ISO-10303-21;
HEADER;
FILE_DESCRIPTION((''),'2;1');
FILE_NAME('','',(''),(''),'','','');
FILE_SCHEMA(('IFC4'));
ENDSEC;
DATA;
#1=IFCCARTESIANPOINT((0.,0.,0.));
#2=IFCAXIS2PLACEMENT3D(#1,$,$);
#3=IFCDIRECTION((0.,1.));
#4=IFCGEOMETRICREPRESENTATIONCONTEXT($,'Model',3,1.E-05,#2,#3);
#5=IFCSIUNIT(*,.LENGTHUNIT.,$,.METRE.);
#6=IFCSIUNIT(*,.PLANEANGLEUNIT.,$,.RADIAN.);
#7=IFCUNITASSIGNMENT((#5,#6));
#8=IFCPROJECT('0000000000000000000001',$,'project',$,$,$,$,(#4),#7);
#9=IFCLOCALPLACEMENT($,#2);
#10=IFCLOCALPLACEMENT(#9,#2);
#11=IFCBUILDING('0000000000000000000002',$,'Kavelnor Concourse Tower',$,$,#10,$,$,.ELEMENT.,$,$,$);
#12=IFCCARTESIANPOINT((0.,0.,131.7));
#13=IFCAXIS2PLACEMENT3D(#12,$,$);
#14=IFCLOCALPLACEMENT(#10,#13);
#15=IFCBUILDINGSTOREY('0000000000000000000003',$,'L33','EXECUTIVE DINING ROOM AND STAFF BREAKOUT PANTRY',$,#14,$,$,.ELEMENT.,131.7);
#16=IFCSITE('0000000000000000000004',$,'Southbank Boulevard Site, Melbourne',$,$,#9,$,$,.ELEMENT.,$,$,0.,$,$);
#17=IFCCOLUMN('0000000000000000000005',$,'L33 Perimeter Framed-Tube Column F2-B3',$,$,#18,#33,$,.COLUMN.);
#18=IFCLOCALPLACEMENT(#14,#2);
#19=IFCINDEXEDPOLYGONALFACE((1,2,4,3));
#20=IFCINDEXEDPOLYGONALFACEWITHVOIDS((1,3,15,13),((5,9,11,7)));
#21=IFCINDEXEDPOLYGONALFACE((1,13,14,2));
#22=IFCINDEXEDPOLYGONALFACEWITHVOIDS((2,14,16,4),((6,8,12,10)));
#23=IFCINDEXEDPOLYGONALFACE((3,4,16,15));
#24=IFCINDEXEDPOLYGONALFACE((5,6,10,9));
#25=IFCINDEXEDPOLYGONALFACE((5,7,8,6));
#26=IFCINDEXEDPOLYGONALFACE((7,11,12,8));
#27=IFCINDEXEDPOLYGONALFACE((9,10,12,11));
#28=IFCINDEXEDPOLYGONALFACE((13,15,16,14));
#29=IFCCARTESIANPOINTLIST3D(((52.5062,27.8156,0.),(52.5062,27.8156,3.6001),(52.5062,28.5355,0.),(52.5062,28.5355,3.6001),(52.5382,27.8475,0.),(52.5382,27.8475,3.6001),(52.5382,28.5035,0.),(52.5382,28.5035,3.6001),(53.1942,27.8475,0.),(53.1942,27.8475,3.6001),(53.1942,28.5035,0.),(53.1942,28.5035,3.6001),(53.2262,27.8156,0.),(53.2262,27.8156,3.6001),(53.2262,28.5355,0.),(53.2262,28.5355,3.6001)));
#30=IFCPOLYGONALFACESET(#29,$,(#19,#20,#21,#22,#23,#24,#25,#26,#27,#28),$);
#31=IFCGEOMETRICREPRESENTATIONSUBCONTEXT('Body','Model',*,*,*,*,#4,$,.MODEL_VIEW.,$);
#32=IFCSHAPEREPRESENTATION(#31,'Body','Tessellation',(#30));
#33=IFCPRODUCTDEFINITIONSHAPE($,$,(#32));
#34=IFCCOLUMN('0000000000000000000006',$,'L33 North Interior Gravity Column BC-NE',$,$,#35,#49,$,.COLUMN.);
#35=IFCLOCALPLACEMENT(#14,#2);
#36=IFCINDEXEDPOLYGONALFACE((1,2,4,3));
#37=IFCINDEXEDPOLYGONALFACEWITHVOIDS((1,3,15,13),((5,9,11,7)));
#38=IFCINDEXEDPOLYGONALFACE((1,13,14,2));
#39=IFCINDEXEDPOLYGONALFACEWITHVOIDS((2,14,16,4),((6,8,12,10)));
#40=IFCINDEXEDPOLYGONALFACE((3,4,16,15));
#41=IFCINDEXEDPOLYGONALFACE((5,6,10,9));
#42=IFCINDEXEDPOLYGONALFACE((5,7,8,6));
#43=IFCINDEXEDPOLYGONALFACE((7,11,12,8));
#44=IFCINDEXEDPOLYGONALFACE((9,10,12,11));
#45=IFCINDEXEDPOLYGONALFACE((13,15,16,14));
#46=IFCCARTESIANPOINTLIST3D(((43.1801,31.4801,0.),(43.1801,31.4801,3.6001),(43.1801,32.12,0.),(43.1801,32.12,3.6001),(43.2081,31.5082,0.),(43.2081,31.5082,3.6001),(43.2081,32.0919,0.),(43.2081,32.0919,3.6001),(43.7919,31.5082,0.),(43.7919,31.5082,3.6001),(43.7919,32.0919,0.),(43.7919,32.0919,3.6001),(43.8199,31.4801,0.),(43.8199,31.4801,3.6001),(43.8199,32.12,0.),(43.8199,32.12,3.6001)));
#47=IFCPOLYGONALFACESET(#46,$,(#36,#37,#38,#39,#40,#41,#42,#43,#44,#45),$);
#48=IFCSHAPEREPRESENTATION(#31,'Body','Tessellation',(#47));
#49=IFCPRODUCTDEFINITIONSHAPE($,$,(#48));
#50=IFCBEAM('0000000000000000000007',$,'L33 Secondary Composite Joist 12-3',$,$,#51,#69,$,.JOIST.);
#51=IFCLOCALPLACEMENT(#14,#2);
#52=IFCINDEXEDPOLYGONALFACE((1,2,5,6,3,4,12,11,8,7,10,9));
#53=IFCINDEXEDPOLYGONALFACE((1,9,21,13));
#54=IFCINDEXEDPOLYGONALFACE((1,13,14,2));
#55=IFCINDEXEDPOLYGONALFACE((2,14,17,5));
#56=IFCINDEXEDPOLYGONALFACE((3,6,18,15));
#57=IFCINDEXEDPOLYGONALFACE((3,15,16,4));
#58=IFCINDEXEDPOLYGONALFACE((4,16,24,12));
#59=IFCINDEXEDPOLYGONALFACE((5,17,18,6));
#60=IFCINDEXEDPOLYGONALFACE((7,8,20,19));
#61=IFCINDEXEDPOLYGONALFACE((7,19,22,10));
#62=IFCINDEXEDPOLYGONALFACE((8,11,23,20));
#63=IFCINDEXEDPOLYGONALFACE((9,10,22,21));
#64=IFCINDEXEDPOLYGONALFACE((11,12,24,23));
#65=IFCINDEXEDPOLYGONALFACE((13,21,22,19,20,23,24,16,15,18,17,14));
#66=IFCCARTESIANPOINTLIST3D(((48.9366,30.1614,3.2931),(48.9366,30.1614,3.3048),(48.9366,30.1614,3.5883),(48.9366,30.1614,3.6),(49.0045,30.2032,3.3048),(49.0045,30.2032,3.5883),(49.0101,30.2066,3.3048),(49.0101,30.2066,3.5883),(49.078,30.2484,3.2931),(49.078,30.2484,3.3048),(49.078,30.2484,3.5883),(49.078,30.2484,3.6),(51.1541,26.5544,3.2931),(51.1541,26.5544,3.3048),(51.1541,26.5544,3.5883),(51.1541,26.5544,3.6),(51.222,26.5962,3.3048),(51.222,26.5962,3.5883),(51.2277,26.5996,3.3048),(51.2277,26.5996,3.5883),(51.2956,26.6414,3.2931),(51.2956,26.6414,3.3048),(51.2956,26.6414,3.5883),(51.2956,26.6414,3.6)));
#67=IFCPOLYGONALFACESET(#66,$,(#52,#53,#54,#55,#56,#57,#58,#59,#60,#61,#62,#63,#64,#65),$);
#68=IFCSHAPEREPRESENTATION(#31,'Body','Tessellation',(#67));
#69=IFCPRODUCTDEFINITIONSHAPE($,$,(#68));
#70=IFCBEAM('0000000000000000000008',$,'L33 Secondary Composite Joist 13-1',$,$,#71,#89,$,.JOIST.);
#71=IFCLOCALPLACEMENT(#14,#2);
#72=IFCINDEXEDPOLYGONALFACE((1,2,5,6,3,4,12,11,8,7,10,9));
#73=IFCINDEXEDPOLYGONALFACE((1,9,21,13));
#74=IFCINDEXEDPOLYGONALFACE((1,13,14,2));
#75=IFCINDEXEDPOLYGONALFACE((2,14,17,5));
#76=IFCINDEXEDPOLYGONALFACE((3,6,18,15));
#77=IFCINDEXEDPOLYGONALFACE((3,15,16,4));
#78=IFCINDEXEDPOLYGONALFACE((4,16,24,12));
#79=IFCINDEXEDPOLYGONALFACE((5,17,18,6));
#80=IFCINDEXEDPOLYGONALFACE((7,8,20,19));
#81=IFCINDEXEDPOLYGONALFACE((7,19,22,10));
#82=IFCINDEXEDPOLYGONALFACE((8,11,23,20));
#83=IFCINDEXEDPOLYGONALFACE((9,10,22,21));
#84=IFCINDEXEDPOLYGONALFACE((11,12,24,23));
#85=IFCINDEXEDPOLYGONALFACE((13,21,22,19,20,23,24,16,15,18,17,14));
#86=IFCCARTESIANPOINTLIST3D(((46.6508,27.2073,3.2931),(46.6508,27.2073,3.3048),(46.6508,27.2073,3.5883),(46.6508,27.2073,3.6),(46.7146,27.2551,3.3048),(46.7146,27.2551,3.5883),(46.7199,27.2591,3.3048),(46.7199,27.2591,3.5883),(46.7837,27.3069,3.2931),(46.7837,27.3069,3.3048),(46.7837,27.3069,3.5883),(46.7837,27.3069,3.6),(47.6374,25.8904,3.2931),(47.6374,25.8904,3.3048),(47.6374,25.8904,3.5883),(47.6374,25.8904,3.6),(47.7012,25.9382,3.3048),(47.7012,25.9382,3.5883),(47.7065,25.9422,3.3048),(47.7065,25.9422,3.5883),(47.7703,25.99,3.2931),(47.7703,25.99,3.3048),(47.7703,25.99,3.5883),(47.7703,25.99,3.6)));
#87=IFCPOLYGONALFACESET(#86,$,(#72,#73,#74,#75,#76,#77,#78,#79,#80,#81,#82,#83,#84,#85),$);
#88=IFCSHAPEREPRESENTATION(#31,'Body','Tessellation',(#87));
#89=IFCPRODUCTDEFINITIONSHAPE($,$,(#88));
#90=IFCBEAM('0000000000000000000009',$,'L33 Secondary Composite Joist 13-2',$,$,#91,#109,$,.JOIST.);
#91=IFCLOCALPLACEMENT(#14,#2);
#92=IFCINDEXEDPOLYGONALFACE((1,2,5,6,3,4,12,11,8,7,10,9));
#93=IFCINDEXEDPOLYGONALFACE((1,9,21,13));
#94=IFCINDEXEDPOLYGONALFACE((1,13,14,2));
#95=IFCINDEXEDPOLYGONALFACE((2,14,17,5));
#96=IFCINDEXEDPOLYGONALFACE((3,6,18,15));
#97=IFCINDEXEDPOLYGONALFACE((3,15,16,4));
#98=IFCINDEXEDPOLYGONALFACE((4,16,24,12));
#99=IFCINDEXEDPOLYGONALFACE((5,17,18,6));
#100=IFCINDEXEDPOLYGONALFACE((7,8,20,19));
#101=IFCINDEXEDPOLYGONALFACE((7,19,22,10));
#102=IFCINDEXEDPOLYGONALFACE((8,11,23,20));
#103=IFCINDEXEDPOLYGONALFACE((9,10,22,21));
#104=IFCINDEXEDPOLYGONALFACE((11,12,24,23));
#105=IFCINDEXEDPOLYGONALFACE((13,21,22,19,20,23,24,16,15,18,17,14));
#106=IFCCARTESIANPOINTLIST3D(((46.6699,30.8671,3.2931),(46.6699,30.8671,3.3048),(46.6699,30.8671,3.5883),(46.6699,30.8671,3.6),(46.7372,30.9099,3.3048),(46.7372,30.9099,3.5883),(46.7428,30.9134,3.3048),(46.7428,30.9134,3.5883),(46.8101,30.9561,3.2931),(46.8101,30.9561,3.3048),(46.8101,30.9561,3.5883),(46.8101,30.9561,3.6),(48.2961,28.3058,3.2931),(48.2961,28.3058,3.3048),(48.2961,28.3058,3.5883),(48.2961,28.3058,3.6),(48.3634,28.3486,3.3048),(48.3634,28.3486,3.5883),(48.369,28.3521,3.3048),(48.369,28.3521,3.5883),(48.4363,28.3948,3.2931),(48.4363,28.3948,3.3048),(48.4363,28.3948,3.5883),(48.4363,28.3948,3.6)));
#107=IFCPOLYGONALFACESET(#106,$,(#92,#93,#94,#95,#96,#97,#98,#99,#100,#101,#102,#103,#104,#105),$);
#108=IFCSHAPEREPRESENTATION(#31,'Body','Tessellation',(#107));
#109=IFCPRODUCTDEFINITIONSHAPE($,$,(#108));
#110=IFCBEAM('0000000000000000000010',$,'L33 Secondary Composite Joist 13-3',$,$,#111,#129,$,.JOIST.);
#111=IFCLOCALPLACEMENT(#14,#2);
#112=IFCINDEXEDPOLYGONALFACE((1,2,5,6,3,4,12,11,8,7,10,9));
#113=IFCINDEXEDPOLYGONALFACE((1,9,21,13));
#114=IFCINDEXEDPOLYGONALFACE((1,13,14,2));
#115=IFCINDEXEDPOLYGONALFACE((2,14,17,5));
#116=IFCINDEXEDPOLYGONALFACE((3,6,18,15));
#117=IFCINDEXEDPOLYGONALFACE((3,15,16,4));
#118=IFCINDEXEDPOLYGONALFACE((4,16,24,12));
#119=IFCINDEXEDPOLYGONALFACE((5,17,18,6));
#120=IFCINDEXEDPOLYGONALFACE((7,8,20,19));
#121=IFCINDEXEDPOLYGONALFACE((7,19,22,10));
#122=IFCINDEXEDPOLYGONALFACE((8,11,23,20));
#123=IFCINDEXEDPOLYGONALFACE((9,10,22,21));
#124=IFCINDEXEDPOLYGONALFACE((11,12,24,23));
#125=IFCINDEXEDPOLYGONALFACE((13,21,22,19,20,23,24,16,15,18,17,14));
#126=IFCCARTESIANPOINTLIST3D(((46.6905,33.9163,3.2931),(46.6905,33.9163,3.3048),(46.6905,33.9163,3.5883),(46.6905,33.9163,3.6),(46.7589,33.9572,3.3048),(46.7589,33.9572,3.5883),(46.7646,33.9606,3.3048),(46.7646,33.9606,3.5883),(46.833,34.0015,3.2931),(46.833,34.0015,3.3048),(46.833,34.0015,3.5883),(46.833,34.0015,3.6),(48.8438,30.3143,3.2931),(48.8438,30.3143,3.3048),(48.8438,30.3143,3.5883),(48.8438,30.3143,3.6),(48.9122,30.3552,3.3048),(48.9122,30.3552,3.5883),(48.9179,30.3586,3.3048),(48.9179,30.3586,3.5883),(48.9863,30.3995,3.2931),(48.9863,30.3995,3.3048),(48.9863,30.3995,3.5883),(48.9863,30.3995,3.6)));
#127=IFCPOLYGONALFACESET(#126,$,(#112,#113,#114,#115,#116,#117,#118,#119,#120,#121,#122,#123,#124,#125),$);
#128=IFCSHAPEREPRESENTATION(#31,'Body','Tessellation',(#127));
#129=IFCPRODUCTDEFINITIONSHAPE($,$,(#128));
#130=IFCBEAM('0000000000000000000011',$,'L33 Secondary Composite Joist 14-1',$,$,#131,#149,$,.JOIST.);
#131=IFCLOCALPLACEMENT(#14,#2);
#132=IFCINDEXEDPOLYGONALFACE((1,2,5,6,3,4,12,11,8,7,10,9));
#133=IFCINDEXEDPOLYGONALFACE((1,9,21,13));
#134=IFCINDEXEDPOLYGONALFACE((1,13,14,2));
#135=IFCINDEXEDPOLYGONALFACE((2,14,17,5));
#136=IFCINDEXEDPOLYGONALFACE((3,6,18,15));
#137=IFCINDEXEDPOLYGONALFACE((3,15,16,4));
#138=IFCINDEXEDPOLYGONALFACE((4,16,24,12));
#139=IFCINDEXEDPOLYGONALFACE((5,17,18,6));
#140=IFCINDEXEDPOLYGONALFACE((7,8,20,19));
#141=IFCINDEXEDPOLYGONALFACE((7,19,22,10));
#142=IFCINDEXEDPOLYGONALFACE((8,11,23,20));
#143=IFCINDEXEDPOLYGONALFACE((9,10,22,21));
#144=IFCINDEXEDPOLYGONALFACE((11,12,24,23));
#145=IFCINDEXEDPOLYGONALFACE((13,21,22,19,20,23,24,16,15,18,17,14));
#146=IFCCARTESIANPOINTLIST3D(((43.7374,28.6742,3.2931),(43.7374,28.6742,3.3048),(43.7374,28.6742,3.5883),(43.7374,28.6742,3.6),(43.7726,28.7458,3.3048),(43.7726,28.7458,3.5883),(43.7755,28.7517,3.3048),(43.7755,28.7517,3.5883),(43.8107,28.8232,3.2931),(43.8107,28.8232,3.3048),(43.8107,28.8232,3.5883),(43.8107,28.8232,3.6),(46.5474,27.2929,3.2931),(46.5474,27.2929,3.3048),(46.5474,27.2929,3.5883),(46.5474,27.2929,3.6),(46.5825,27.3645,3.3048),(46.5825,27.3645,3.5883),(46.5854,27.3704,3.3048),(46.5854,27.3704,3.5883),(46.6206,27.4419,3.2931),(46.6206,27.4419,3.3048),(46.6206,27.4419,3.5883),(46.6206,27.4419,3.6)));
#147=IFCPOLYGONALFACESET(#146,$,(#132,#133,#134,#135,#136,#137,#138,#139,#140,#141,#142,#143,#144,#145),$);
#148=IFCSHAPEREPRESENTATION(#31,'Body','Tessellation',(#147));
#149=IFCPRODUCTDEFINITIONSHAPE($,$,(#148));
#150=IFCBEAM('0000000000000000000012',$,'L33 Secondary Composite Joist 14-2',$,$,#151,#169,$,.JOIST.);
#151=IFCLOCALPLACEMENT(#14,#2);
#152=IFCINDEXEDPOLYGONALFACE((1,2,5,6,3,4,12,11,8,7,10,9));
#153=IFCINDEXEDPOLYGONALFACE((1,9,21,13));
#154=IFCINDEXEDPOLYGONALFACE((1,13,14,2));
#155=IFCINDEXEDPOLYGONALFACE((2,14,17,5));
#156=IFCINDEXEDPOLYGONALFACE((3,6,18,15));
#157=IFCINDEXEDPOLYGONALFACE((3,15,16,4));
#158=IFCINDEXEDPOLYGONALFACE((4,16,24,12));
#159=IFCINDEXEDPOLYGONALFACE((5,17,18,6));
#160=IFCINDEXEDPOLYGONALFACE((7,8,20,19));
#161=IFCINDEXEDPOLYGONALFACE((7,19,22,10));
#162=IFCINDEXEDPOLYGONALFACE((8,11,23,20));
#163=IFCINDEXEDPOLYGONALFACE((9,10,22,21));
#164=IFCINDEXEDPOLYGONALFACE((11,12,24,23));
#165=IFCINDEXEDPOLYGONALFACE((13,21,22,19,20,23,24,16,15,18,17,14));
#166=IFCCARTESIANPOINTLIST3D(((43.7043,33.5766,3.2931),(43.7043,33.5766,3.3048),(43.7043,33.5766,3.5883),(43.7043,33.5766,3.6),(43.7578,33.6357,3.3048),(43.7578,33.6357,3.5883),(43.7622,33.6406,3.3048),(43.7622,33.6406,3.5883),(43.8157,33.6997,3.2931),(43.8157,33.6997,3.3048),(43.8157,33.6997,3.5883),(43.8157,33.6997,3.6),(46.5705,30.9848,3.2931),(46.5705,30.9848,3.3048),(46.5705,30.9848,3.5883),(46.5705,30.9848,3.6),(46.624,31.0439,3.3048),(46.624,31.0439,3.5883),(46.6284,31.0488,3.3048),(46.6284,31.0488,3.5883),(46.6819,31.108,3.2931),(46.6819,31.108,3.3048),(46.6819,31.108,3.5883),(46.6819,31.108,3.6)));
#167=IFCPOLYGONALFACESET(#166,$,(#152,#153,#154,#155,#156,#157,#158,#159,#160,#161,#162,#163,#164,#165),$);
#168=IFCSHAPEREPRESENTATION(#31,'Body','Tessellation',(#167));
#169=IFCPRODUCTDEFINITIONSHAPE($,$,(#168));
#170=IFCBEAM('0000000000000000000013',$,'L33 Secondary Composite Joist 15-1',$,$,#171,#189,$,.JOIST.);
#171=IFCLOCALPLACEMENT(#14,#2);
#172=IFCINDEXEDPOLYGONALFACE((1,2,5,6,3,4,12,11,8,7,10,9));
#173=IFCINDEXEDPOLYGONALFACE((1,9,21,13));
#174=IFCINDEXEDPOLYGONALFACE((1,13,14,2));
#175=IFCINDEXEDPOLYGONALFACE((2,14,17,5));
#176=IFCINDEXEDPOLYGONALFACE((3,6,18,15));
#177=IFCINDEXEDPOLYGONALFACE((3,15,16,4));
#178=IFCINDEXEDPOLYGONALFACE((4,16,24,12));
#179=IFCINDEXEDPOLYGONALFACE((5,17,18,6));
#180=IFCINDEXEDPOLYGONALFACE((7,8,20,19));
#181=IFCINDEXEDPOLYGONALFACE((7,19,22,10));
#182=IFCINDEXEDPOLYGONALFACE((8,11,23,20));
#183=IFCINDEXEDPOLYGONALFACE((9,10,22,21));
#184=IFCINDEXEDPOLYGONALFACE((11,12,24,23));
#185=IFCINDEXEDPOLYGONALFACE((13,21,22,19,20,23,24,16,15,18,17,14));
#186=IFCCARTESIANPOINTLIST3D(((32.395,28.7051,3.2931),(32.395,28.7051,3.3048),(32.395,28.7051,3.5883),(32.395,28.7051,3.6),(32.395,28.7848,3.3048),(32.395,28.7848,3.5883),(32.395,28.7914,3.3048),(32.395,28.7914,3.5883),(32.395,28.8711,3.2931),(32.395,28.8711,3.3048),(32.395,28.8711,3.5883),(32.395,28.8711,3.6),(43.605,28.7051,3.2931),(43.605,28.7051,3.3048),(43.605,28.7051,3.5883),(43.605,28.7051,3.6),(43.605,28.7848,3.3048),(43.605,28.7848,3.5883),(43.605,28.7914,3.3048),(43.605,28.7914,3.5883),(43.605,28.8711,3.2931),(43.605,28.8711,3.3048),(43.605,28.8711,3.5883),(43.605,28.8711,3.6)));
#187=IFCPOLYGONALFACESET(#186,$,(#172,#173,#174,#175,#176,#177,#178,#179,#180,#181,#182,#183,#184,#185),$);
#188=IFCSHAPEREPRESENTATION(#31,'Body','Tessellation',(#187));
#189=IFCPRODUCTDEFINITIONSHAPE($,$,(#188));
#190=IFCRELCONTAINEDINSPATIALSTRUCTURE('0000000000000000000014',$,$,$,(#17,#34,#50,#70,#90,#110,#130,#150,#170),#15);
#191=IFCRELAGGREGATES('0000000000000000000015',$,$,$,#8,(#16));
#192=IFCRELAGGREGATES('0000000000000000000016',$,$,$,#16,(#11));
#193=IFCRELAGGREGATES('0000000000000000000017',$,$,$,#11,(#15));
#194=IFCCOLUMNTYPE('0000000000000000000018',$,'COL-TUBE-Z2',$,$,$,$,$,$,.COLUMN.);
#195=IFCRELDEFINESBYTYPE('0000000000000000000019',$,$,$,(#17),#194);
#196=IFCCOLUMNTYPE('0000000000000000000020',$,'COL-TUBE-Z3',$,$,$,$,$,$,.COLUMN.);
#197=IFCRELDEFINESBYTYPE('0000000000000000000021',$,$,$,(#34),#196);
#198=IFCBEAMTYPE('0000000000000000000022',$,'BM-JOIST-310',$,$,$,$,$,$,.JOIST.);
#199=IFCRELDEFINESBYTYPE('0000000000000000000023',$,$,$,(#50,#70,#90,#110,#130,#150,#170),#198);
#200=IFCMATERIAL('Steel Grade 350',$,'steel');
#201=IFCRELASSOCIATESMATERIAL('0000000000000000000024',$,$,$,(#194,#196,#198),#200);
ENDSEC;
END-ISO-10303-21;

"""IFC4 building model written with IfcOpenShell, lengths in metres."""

from ifc_helpers import new_model, si_unit, direction, frame, origin, origin_2d, place, context, subcontext, project, spatial, hollow_rectangle, i_section, extrude, material, material_profile, profile_set, type_object, element, save


model = new_model("IFC4")

# Units and contexts
model_context = context("Model", 3, precision=1e-05, world=origin(), true_north=direction((0.0, 1.0)))
body_context = subcontext(model_context, "Body", "Model", "MODEL_VIEW")
ifc_project = project(units=[si_unit("LENGTHUNIT", "METRE"), si_unit("PLANEANGLEUNIT", "RADIAN")], contexts=[model_context])

# Site, building, storey
site_placement = place(None, origin())
site = spatial("IfcSite", under=ifc_project, at=site_placement, Name="Southbank Boulevard Site, Melbourne", CompositionType="ELEMENT", RefElevation=0.0)
building_placement = place(site_placement, origin())
building = spatial("IfcBuilding", under=site, at=building_placement, Name="Kavelnor Concourse Tower", CompositionType="ELEMENT")
storey_placement = place(building_placement, frame((0.0, 0.0, 131.7)))
storey = spatial("IfcBuildingStorey", under=building, at=storey_placement, Name="L33", Description="EXECUTIVE DINING ROOM AND STAFF BREAKOUT PANTRY", CompositionType="ELEMENT", Elevation=131.7)

# Columns
ifc_material_1 = material(Name="Steel Grade 350", Category="steel")
ifc_material_profile_1 = material_profile(ifc_material_1, hollow_rectangle(XDim=0.72, YDim=0.72, WallThickness=0.032, at=origin_2d()), Name="SHS 720x720x32")
ifc_profile_set_1 = profile_set([ifc_material_profile_1], Name="Steel Grade 350")
column_type_1 = type_object("IfcColumnType", Name="COL-TUBE-Z2", PredefinedType="COLUMN", material=ifc_profile_set_1)
column_1_placement = place(storey_placement, frame((52.8662, 28.1755, 0.0), z_axis=(0.0, 0.0, 1.0), x_axis=(1.0, 0.0, 0.0)))
element("IfcColumn", 1, at=column_1_placement, inside=storey, type_object=column_type_1, Name="L33 Perimeter Framed-Tube Column F2-B3", PredefinedType="COLUMN", context=body_context, shape_type="SweptSolid", body=[
    extrude(hollow_rectangle(XDim=0.72, YDim=0.72, WallThickness=0.032, at=origin_2d()), origin(), (0.0, 0.0, 1.0), 3.6001),
])
ifc_material_profile_2 = material_profile(ifc_material_1, hollow_rectangle(XDim=0.6399, YDim=0.6399, WallThickness=0.0281, at=origin_2d()), Name="SHS 640x640x28")
ifc_profile_set_2 = profile_set([ifc_material_profile_2], Name="Steel Grade 350")
column_type_2 = type_object("IfcColumnType", Name="COL-TUBE-Z3", PredefinedType="COLUMN", material=ifc_profile_set_2)
column_2_placement = place(storey_placement, frame((43.5, 31.8, 0.0), z_axis=(0.0, 0.0, 1.0), x_axis=(1.0, 0.0, 0.0)))
element("IfcColumn", 2, at=column_2_placement, inside=storey, type_object=column_type_2, Name="L33 North Interior Gravity Column BC-NE", PredefinedType="COLUMN", context=body_context, shape_type="SweptSolid", body=[
    extrude(hollow_rectangle(XDim=0.6399, YDim=0.6399, WallThickness=0.0281, at=origin_2d()), origin(), (0.0, 0.0, 1.0), 3.6001),
])

# Beams
ifc_material_profile_3 = material_profile(ifc_material_1, i_section(OverallWidth=0.166, OverallDepth=0.3069, WebThickness=0.0066, FlangeThickness=0.0117, at=origin_2d()), Name="310UB46")
ifc_profile_set_3 = profile_set([ifc_material_profile_3], Name="Steel Grade 350")
beam_type_1 = type_object("IfcBeamType", Name="BM-JOIST-310", PredefinedType="JOIST", material=ifc_profile_set_3)
beam_1_placement = place(storey_placement, frame((51.2249, 26.5979, 3.4465), z_axis=(-0.523734, 0.851882, 0.0), x_axis=(-0.851882, -0.523734, 0.0)))
element("IfcBeam", 3, at=beam_1_placement, inside=storey, type_object=beam_type_1, Name="L33 Secondary Composite Joist 12-3", PredefinedType="JOIST", context=body_context, shape_type="SweptSolid", body=[
    extrude(i_section(OverallWidth=0.166, OverallDepth=0.3069, WebThickness=0.0066, FlangeThickness=0.0117, at=origin_2d()), origin(), (0.0, 0.0, 1.0), 4.2341),
])
beam_2_placement = place(storey_placement, frame((47.7039, 25.9402, 3.4465), z_axis=(-0.599573, 0.80032, 0.0), x_axis=(-0.80032, -0.599573, 0.0)))
element("IfcBeam", 4, at=beam_2_placement, inside=storey, type_object=beam_type_1, Name="L33 Secondary Composite Joist 13-1", PredefinedType="JOIST", context=body_context, shape_type="SweptSolid", body=[
    extrude(i_section(OverallWidth=0.166, OverallDepth=0.3069, WebThickness=0.0066, FlangeThickness=0.0117, at=origin_2d()), origin(), (0.0, 0.0, 1.0), 1.6455),
])
beam_3_placement = place(storey_placement, frame((48.3662, 28.3503, 3.4465), z_axis=(-0.536011, 0.844211, 0.0), x_axis=(-0.844211, -0.536011, 0.0)))
element("IfcBeam", 5, at=beam_3_placement, inside=storey, type_object=beam_type_1, Name="L33 Secondary Composite Joist 13-2", PredefinedType="JOIST", context=body_context, shape_type="SweptSolid", body=[
    extrude(i_section(OverallWidth=0.166, OverallDepth=0.3069, WebThickness=0.0066, FlangeThickness=0.0117, at=origin_2d()), origin(), (0.0, 0.0, 1.0), 3.0339),
])
beam_4_placement = place(storey_placement, frame((48.915, 30.3569, 3.4465), z_axis=(-0.513109, 0.858323, 0.0), x_axis=(-0.858323, -0.513109, 0.0)))
element("IfcBeam", 6, at=beam_4_placement, inside=storey, type_object=beam_type_1, Name="L33 Secondary Composite Joist 13-3", PredefinedType="JOIST", context=body_context, shape_type="SweptSolid", body=[
    extrude(i_section(OverallWidth=0.166, OverallDepth=0.3069, WebThickness=0.0066, FlangeThickness=0.0117, at=origin_2d()), origin(), (0.0, 0.0, 1.0), 4.1965),
])
beam_5_placement = place(storey_placement, frame((46.584, 27.3674, 3.4465), z_axis=(-0.897432, 0.441153, 0.0), x_axis=(-0.441153, -0.897432, 0.0)))
element("IfcBeam", 7, at=beam_5_placement, inside=storey, type_object=beam_type_1, Name="L33 Secondary Composite Joist 14-1", PredefinedType="JOIST", context=body_context, shape_type="SweptSolid", body=[
    extrude(i_section(OverallWidth=0.166, OverallDepth=0.3069, WebThickness=0.0066, FlangeThickness=0.0117, at=origin_2d()), origin(), (0.0, 0.0, 1.0), 3.1311),
])
beam_6_placement = place(storey_placement, frame((46.6262, 31.0464, 3.4465), z_axis=(-0.741721, 0.670708, 0.0), x_axis=(-0.670708, -0.741721, 0.0)))
element("IfcBeam", 8, at=beam_6_placement, inside=storey, type_object=beam_type_1, Name="L33 Secondary Composite Joist 14-2", PredefinedType="JOIST", context=body_context, shape_type="SweptSolid", body=[
    extrude(i_section(OverallWidth=0.166, OverallDepth=0.3069, WebThickness=0.0066, FlangeThickness=0.0117, at=origin_2d()), origin(), (0.0, 0.0, 1.0), 3.8643),
])
beam_7_placement = place(storey_placement, frame((43.605, 28.7881, 3.4465), z_axis=(-1.0, 0.0, 0.0), x_axis=(0.0, -1.0, 0.0)))
element("IfcBeam", 9, at=beam_7_placement, inside=storey, type_object=beam_type_1, Name="L33 Secondary Composite Joist 15-1", PredefinedType="JOIST", context=body_context, shape_type="SweptSolid", body=[
    extrude(i_section(OverallWidth=0.166, OverallDepth=0.3069, WebThickness=0.0066, FlangeThickness=0.0117, at=origin_2d()), origin(), (0.0, 0.0, 1.0), 11.21),
])

save(model, "model.ifc")
